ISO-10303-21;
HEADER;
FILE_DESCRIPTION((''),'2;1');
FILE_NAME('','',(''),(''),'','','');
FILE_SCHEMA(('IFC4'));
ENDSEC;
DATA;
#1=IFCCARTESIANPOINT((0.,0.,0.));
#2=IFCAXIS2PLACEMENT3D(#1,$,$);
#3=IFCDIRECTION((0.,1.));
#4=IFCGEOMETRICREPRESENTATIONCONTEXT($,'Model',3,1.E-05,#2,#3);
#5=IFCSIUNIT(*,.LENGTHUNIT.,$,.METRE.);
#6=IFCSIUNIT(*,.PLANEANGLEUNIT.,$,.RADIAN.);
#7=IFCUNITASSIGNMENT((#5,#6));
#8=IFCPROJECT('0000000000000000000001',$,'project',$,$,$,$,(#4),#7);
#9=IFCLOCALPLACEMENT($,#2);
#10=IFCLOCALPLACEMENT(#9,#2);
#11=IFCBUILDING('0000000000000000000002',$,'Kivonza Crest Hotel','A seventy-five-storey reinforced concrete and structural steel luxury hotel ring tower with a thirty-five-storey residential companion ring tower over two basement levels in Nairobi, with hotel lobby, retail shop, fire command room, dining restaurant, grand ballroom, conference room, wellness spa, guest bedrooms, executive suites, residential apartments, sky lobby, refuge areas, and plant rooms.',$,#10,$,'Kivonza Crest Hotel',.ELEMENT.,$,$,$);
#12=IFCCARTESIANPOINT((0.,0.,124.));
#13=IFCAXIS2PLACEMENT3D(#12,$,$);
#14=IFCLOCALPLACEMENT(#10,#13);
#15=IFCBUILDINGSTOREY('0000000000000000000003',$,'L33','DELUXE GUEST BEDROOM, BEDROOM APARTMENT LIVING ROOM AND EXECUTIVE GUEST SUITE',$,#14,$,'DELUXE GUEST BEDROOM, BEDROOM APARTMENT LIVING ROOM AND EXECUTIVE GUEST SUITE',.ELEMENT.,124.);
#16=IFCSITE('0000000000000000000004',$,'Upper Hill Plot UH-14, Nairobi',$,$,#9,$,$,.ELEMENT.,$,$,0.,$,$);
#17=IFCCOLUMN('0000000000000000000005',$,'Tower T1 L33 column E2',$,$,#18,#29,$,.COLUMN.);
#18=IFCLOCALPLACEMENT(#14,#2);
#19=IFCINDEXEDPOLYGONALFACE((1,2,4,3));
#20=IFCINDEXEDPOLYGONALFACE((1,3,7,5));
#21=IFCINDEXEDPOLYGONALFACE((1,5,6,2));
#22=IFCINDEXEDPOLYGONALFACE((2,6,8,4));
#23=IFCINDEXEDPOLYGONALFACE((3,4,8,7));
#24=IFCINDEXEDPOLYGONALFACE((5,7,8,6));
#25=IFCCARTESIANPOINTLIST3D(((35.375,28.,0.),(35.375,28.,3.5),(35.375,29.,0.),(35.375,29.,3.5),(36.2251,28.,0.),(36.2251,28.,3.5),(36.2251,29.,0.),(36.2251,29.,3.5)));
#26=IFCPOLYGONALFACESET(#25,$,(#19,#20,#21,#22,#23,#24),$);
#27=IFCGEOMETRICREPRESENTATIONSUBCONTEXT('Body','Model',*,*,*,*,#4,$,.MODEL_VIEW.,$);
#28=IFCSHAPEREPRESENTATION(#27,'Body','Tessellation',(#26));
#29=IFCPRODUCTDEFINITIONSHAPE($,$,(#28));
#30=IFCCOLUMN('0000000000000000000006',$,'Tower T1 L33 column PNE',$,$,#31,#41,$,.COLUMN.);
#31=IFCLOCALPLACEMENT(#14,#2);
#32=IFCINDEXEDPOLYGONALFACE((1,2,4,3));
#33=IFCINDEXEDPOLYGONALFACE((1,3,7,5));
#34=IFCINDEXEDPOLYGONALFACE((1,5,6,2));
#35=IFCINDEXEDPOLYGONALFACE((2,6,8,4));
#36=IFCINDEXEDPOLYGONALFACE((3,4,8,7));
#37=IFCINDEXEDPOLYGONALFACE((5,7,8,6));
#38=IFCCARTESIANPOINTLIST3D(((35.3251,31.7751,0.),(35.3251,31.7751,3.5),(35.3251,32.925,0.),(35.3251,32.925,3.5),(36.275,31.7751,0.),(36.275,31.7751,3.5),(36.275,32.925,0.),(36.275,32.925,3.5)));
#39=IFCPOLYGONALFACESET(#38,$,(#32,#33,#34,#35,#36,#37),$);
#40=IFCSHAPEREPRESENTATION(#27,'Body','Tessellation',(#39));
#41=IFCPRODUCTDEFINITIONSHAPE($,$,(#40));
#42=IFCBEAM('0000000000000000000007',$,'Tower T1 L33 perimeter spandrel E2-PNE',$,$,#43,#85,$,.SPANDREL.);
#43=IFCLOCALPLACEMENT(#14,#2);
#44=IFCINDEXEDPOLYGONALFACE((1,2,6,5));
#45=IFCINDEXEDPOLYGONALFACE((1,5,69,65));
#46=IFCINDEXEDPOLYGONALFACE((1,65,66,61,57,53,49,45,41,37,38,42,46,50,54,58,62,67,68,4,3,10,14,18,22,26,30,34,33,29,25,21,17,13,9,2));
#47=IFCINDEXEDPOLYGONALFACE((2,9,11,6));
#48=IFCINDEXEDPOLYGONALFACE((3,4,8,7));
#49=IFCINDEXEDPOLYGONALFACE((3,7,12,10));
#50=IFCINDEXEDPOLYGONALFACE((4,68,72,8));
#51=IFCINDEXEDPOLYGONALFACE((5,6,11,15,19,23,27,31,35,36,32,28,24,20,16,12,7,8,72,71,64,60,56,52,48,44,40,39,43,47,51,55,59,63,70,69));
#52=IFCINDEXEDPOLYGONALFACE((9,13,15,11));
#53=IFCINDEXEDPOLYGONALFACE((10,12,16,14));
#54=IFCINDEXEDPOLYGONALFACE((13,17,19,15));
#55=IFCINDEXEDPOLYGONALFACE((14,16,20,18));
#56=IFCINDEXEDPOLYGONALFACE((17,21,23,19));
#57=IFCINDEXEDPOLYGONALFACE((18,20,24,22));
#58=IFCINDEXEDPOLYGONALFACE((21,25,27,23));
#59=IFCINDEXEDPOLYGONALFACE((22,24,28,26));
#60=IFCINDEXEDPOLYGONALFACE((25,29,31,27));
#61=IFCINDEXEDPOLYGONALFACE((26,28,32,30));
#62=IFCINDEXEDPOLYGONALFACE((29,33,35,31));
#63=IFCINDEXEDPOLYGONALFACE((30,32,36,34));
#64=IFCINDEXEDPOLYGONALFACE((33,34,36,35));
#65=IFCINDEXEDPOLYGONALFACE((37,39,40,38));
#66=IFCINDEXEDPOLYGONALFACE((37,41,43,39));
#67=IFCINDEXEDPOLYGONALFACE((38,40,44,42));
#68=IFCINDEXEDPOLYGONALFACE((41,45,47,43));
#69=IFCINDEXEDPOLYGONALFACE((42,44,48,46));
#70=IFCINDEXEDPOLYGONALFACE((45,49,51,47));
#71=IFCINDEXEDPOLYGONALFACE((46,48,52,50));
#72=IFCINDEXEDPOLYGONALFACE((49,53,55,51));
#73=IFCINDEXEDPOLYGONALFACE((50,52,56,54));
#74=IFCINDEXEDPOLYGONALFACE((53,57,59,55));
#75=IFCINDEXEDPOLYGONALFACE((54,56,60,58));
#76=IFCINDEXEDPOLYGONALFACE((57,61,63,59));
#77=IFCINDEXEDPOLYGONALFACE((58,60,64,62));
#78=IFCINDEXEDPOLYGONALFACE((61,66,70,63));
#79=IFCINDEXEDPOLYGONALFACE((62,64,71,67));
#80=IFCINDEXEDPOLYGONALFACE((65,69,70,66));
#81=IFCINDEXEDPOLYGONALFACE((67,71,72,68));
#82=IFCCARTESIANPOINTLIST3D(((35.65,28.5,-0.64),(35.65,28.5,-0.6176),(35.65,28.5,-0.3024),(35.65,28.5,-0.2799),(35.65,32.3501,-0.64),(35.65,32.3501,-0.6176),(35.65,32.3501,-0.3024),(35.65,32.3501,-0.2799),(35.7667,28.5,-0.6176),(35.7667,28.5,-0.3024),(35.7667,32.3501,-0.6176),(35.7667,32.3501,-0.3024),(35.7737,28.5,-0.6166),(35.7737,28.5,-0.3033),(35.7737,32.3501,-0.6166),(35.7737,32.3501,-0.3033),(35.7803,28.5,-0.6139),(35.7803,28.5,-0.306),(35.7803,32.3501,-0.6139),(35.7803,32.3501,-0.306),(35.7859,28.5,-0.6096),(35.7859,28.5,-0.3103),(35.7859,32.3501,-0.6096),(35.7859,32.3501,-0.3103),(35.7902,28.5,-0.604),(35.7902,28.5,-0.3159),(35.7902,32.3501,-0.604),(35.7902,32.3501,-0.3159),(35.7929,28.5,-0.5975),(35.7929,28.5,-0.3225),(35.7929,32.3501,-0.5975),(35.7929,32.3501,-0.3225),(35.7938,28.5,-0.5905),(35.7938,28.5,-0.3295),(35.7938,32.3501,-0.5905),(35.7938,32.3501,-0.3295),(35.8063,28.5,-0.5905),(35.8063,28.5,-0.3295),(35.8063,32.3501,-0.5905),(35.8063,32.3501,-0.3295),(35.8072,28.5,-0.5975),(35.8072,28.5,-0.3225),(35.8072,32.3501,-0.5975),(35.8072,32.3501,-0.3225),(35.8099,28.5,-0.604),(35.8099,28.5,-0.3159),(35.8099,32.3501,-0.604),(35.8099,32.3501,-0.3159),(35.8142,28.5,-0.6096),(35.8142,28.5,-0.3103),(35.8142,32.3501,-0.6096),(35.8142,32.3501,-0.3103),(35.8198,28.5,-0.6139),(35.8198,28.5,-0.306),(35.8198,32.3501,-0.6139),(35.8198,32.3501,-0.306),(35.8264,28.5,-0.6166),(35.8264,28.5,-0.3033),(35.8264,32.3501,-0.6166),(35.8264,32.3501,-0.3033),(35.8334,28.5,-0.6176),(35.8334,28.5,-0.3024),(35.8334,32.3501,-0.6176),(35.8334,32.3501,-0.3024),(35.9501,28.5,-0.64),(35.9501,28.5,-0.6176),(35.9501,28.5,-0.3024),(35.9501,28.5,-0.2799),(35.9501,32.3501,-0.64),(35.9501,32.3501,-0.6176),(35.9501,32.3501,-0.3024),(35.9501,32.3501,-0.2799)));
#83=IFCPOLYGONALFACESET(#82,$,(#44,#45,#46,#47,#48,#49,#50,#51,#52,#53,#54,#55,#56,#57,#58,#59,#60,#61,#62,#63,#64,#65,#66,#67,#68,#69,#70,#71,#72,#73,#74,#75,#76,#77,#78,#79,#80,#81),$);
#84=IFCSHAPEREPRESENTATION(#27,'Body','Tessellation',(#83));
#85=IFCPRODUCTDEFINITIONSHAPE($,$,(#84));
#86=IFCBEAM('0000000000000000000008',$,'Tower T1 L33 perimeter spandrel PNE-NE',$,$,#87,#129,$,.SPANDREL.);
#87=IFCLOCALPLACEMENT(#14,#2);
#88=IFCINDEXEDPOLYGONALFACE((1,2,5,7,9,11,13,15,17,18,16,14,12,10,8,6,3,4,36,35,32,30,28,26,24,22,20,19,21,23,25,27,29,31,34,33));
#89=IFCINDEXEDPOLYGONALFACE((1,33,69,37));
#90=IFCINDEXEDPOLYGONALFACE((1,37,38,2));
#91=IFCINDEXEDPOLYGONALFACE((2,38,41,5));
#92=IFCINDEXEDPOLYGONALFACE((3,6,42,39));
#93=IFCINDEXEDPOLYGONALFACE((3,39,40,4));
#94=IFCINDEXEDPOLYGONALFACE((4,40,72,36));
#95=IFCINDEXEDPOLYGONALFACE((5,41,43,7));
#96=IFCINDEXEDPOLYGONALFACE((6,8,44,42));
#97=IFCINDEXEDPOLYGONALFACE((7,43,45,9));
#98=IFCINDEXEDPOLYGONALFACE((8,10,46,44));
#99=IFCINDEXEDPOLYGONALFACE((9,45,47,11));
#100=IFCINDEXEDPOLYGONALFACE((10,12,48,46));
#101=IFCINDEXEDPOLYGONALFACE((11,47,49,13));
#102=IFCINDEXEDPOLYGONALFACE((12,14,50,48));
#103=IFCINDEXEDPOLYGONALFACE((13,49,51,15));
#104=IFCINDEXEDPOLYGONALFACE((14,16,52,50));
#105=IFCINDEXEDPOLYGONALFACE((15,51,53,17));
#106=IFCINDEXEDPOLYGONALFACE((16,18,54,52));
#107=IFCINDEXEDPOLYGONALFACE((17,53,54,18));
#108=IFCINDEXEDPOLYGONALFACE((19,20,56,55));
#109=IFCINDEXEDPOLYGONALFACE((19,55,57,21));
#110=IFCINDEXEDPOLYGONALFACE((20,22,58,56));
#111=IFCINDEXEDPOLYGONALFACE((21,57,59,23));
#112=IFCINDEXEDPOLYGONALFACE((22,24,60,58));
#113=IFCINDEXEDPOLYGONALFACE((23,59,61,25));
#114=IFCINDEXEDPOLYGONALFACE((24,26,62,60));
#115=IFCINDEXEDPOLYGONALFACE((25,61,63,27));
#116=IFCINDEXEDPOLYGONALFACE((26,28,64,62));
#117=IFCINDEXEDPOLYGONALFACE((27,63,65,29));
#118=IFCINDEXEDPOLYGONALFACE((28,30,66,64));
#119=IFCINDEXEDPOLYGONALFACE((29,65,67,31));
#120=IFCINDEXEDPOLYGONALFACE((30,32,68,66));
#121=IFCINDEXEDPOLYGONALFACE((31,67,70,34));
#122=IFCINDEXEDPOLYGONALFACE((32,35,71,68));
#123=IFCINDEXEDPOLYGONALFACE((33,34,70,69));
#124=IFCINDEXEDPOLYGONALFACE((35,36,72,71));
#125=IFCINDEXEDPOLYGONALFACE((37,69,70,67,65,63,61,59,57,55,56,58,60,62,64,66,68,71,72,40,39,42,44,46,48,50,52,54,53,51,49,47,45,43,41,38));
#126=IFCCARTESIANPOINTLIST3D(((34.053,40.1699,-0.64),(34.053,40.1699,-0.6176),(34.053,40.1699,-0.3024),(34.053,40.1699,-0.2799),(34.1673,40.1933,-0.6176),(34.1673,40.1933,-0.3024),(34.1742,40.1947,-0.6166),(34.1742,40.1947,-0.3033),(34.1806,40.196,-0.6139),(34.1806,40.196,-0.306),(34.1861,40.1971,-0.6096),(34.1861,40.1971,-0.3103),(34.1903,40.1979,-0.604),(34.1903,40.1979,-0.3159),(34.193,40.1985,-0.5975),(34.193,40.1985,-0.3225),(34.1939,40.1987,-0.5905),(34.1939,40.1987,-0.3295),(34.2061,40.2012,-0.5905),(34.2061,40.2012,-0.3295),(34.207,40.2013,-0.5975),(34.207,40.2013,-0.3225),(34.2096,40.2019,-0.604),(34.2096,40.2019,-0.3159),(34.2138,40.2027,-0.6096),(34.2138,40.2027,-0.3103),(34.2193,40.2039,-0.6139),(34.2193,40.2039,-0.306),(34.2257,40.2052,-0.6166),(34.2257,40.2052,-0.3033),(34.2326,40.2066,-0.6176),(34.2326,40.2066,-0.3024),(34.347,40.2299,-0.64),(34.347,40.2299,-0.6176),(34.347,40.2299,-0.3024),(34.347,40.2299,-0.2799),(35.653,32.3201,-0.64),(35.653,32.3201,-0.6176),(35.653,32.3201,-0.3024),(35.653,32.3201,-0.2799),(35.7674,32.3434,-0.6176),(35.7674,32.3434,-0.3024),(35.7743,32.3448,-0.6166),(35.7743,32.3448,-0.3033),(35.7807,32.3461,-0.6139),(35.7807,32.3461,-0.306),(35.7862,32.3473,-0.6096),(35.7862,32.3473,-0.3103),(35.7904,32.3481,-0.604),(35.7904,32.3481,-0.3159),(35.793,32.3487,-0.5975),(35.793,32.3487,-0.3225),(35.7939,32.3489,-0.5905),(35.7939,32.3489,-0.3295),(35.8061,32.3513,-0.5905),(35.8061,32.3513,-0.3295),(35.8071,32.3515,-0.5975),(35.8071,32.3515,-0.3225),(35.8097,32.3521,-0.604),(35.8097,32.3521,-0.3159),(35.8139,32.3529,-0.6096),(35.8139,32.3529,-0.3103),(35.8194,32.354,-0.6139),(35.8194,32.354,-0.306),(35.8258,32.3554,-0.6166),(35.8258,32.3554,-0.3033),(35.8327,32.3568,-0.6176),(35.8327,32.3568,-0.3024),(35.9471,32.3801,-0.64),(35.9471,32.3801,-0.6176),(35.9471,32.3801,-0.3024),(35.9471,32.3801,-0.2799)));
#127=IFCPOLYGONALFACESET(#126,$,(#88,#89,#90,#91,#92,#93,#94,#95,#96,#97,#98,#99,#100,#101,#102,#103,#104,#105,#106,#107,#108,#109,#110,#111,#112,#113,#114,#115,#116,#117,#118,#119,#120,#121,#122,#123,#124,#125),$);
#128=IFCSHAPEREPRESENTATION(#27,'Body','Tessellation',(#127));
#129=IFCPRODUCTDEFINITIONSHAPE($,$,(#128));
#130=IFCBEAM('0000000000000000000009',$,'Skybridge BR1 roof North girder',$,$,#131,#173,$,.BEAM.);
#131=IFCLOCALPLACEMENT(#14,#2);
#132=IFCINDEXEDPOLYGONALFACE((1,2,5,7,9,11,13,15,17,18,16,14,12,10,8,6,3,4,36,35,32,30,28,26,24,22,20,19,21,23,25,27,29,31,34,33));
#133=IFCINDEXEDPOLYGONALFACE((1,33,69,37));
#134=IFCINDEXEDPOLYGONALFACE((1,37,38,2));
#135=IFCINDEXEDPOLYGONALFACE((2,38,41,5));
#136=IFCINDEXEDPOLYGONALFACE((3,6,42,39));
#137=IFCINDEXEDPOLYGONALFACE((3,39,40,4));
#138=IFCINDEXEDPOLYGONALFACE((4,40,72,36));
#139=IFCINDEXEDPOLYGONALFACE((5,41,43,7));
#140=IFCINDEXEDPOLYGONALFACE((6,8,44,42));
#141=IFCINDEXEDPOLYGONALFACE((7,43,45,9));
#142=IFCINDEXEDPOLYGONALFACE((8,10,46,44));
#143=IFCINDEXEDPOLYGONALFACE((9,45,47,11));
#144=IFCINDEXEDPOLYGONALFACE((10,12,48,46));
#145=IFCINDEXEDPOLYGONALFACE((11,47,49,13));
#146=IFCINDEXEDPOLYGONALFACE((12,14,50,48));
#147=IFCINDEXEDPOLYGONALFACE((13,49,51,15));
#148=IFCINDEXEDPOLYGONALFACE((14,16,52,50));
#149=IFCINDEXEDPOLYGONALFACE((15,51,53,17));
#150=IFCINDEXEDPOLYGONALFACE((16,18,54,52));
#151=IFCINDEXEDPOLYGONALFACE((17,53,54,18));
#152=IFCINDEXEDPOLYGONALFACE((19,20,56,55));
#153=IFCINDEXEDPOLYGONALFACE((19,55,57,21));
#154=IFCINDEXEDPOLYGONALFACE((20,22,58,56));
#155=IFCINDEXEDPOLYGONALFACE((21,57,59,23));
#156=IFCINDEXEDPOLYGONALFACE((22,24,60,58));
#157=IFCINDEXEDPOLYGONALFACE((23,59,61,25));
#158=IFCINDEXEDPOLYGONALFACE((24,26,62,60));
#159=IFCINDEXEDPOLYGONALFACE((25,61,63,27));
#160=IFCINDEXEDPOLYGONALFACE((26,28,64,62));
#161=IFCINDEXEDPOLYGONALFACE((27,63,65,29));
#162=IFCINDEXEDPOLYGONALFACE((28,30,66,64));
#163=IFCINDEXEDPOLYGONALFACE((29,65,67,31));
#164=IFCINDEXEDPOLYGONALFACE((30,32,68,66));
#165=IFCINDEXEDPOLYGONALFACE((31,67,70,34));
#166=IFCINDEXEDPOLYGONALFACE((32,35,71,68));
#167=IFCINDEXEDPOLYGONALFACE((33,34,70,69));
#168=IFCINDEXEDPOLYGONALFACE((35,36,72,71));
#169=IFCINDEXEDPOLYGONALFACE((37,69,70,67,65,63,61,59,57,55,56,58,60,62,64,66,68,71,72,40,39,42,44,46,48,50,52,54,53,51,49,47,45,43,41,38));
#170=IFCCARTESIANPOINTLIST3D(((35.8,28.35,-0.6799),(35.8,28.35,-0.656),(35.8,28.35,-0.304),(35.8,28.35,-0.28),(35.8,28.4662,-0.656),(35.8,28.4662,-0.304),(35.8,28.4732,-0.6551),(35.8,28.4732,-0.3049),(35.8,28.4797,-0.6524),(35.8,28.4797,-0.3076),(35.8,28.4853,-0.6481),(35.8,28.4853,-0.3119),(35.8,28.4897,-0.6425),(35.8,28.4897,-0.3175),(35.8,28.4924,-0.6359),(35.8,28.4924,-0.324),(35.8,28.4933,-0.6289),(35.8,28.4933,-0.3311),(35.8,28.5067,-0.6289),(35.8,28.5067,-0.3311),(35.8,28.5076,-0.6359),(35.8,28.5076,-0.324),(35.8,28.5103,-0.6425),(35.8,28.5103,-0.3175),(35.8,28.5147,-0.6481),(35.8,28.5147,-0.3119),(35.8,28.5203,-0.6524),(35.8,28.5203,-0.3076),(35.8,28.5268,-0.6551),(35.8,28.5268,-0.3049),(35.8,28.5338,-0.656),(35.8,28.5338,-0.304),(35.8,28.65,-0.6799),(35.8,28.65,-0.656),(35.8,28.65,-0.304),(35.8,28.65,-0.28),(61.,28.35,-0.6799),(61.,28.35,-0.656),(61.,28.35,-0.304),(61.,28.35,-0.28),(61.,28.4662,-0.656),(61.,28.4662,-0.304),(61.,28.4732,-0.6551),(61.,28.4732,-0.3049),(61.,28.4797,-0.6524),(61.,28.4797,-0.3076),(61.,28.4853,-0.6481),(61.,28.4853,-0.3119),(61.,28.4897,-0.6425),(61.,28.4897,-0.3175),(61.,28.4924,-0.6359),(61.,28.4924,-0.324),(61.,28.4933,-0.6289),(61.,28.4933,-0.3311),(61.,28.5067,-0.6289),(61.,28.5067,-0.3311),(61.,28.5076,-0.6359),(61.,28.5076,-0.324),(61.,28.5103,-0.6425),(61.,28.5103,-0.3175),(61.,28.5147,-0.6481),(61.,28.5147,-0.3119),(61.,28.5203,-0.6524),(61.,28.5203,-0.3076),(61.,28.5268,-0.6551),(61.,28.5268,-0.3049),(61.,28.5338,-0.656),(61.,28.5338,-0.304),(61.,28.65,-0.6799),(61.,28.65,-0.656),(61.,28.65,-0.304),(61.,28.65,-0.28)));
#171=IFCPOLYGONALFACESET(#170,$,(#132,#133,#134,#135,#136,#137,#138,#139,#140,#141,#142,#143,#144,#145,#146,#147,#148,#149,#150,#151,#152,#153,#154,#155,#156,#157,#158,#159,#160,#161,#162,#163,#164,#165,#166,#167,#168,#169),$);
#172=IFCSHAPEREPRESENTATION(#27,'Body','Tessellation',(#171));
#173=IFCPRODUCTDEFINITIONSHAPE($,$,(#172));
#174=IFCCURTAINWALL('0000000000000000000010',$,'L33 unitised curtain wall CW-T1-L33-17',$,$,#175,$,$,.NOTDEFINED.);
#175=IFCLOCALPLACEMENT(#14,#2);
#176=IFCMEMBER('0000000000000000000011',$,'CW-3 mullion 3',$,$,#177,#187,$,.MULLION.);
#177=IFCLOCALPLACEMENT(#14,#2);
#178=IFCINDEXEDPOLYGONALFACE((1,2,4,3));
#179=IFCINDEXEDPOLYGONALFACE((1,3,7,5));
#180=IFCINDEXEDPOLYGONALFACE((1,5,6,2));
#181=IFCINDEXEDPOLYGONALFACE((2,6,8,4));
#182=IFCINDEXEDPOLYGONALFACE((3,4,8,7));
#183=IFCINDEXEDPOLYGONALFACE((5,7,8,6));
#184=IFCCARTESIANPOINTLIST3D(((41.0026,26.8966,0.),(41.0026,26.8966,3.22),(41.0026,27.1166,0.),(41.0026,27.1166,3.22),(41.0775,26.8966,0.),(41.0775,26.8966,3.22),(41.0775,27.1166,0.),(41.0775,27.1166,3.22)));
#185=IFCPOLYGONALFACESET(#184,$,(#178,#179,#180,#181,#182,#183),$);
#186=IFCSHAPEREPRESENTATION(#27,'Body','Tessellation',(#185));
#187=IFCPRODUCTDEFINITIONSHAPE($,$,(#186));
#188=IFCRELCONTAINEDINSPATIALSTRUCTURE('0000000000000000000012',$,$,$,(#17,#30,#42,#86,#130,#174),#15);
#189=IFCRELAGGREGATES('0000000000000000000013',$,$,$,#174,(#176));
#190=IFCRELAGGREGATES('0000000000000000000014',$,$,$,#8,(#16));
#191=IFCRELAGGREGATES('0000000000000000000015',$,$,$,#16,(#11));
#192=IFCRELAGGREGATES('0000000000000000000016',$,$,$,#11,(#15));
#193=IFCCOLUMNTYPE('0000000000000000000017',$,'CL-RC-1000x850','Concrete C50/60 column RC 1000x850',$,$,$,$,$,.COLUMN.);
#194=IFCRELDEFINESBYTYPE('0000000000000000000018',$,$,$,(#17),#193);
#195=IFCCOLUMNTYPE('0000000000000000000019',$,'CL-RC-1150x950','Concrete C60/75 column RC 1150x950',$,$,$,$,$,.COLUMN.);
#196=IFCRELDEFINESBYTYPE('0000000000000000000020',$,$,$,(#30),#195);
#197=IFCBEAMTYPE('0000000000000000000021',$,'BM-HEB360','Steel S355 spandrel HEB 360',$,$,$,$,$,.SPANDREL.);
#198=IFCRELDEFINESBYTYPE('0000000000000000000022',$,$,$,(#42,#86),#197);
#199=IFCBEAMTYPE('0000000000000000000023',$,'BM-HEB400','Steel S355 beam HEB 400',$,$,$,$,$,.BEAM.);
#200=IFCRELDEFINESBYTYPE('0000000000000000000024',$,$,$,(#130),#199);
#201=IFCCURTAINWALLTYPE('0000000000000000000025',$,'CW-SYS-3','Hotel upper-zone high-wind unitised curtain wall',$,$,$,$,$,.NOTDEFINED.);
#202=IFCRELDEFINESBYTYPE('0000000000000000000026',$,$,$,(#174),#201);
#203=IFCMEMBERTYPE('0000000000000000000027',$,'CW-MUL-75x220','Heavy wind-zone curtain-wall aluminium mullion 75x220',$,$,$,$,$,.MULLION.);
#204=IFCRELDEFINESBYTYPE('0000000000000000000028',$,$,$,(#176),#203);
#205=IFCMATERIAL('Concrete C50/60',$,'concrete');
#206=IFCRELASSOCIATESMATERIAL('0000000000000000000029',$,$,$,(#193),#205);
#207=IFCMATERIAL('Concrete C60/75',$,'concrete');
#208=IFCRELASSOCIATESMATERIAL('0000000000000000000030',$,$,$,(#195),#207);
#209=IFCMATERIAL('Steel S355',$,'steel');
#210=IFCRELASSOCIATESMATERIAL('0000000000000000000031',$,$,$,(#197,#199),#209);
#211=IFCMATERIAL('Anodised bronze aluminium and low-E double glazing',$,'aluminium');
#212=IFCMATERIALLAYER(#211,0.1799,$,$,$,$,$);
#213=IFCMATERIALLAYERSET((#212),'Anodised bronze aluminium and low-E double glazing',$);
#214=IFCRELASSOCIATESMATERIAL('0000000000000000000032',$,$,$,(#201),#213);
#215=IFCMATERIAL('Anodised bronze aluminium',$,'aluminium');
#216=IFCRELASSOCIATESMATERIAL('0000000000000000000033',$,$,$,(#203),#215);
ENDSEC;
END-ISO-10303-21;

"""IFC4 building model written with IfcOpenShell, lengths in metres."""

from ifc_helpers import new_model, si_unit, direction, frame, origin, origin_2d, place, context, subcontext, project, spatial, rectangle, i_section, extrude, material, layer, layer_set, material_profile, profile_set, type_object, element, aggregate, save


model = new_model("IFC4")

# Units and contexts
model_context = context("Model", 3, precision=1e-05, world=origin(), true_north=direction((0.0, 1.0)))
body_context = subcontext(model_context, "Body", "Model", "MODEL_VIEW")
ifc_project = project(units=[si_unit("LENGTHUNIT", "METRE"), si_unit("PLANEANGLEUNIT", "RADIAN")], contexts=[model_context])

# Site, building, storey
site_placement = place(None, origin())
site = spatial("IfcSite", under=ifc_project, at=site_placement, Name="Upper Hill Plot UH-14, Nairobi", CompositionType="ELEMENT", RefElevation=0.0)
building_placement = place(site_placement, origin())
building = spatial("IfcBuilding", under=site, at=building_placement, Name="Kivonza Crest Hotel", Description="A seventy-five-storey reinforced concrete and structural steel luxury hotel ring tower with a thirty-five-storey residential companion ring tower over two basement levels in Nairobi, with hotel lobby, retail shop, fire command room, dining restaurant, grand ballroom, conference room, wellness spa, guest bedrooms, executive suites, residential apartments, sky lobby, refuge areas, and plant rooms.", LongName="Kivonza Crest Hotel", CompositionType="ELEMENT")
storey_placement = place(building_placement, frame((0.0, 0.0, 124.0)))
storey = spatial("IfcBuildingStorey", under=building, at=storey_placement, Name="L33", Description="DELUXE GUEST BEDROOM, BEDROOM APARTMENT LIVING ROOM AND EXECUTIVE GUEST SUITE", LongName="DELUXE GUEST BEDROOM, BEDROOM APARTMENT LIVING ROOM AND EXECUTIVE GUEST SUITE", CompositionType="ELEMENT", Elevation=124.0)

# Columns
ifc_material_1 = material(Name="Concrete C50/60", Category="concrete")
ifc_material_profile_1 = material_profile(ifc_material_1, rectangle(XDim=0.8501, YDim=1.0, at=origin_2d()), Name="RC 1000x850")
ifc_profile_set_1 = profile_set([ifc_material_profile_1], Name="Concrete C50/60")
column_type_1 = type_object("IfcColumnType", Name="CL-RC-1000x850", Description="Concrete C50/60 column RC 1000x850", PredefinedType="COLUMN", material=ifc_profile_set_1)
column_1_placement = place(storey_placement, frame((35.8, 28.5, 0.0), z_axis=(0.0, 0.0, 1.0), x_axis=(1.0, 0.0, 0.0)))
element("IfcColumn", 1, at=column_1_placement, inside=storey, type_object=column_type_1, Name="Tower T1 L33 column E2", PredefinedType="COLUMN", context=body_context, shape_type="SweptSolid", body=[
    extrude(rectangle(XDim=0.8501, YDim=1.0, at=origin_2d()), origin(), (0.0, 0.0, 1.0), 3.5),
])
ifc_material_2 = material(Name="Concrete C60/75", Category="concrete")
ifc_material_profile_2 = material_profile(ifc_material_2, rectangle(XDim=0.95, YDim=1.1499, at=origin_2d()), Name="RC 1150x950")
ifc_profile_set_2 = profile_set([ifc_material_profile_2], Name="Concrete C60/75")
column_type_2 = type_object("IfcColumnType", Name="CL-RC-1150x950", Description="Concrete C60/75 column RC 1150x950", PredefinedType="COLUMN", material=ifc_profile_set_2)
column_2_placement = place(storey_placement, frame((35.8, 32.3501, 0.0), z_axis=(0.0, 0.0, 1.0), x_axis=(1.0, 0.0, 0.0)))
element("IfcColumn", 2, at=column_2_placement, inside=storey, type_object=column_type_2, Name="Tower T1 L33 column PNE", PredefinedType="COLUMN", context=body_context, shape_type="SweptSolid", body=[
    extrude(rectangle(XDim=0.95, YDim=1.1499, at=origin_2d()), origin(), (0.0, 0.0, 1.0), 3.5),
])

# Beams
ifc_material_3 = material(Name="Steel S355", Category="steel")
ifc_material_profile_3 = material_profile(ifc_material_3, i_section(OverallWidth=0.3, OverallDepth=0.3601, WebThickness=0.0125, FlangeThickness=0.0225, FilletRadius=0.0271, at=origin_2d()), Name="HEB 360")
ifc_profile_set_3 = profile_set([ifc_material_profile_3], Name="Steel S355")
beam_type_1 = type_object("IfcBeamType", Name="BM-HEB360", Description="Steel S355 spandrel HEB 360", PredefinedType="SPANDREL", material=ifc_profile_set_3)
beam_1_placement = place(storey_placement, frame((35.8, 28.5, -0.46), z_axis=(0.0, 1.0, 0.0), x_axis=(-1.0, 0.0, 0.0)))
element("IfcBeam", 3, at=beam_1_placement, inside=storey, type_object=beam_type_1, Name="Tower T1 L33 perimeter spandrel E2-PNE", PredefinedType="SPANDREL", context=body_context, shape_type="SweptSolid", body=[
    extrude(i_section(OverallWidth=0.3, OverallDepth=0.3601, WebThickness=0.0125, FlangeThickness=0.0225, FilletRadius=0.0271, at=origin_2d()), origin(), (0.0, 0.0, 1.0), 3.8501),
])
beam_2_placement = place(storey_placement, frame((35.8, 32.3501, -0.46), z_axis=(-0.199731, 0.979851, 0.0), x_axis=(-0.979851, -0.199731, 0.0)))
element("IfcBeam", 4, at=beam_2_placement, inside=storey, type_object=beam_type_1, Name="Tower T1 L33 perimeter spandrel PNE-NE", PredefinedType="SPANDREL", context=body_context, shape_type="SweptSolid", body=[
    extrude(i_section(OverallWidth=0.3, OverallDepth=0.3601, WebThickness=0.0125, FlangeThickness=0.0225, FilletRadius=0.0271, at=origin_2d()), origin(), (0.0, 0.0, 1.0), 8.0112),
])
ifc_material_profile_4 = material_profile(ifc_material_3, i_section(OverallWidth=0.3, OverallDepth=0.3999, WebThickness=0.0134, FlangeThickness=0.0239, FilletRadius=0.0271, at=origin_2d()), Name="HEB 400")
ifc_profile_set_4 = profile_set([ifc_material_profile_4], Name="Steel S355")
beam_type_2 = type_object("IfcBeamType", Name="BM-HEB400", Description="Steel S355 beam HEB 400", PredefinedType="BEAM", material=ifc_profile_set_4)
beam_3_placement = place(storey_placement, frame((35.8, 28.5, -0.48), z_axis=(1.0, 0.0, 0.0), x_axis=(0.0, 1.0, 0.0)))
element("IfcBeam", 5, at=beam_3_placement, inside=storey, type_object=beam_type_2, Name="Skybridge BR1 roof North girder", PredefinedType="BEAM", context=body_context, shape_type="SweptSolid", body=[
    extrude(i_section(OverallWidth=0.3, OverallDepth=0.3999, WebThickness=0.0134, FlangeThickness=0.0239, FilletRadius=0.0271, at=origin_2d()), origin(), (0.0, 0.0, 1.0), 25.2),
])

# Curtain wall, member
ifc_material_4 = material(Name="Anodised bronze aluminium and low-E double glazing", Category="aluminium")
ifc_layer_1 = layer(ifc_material_4, 0.1799)
ifc_layer_set_1 = layer_set([ifc_layer_1], Name="Anodised bronze aluminium and low-E double glazing")
curtain_wall_type = type_object("IfcCurtainWallType", Name="CW-SYS-3", Description="Hotel upper-zone high-wind unitised curtain wall", PredefinedType="NOTDEFINED", material=ifc_layer_set_1)
curtain_wall_placement = place(storey_placement, origin())
curtain_wall = element("IfcCurtainWall", 6, at=curtain_wall_placement, inside=storey, type_object=curtain_wall_type, Name="L33 unitised curtain wall CW-T1-L33-17", PredefinedType="NOTDEFINED")
ifc_material_5 = material(Name="Anodised bronze aluminium", Category="aluminium")
ifc_material_profile_5 = material_profile(ifc_material_5, rectangle(XDim=0.075, YDim=0.22, at=origin_2d()), Name="CW-M 75x220")
ifc_profile_set_5 = profile_set([ifc_material_profile_5], Name="Anodised bronze aluminium")
member_type = type_object("IfcMemberType", Name="CW-MUL-75x220", Description="Heavy wind-zone curtain-wall aluminium mullion 75x220", PredefinedType="MULLION", material=ifc_profile_set_5)
member_1_placement = place(storey_placement, frame((41.04, 27.0066, 0.0), z_axis=(0.0, 0.0, 1.0), x_axis=(-1.0, 0.0, 0.0)))
member_1 = element("IfcMember", 7, at=member_1_placement, type_object=member_type, Name="CW-3 mullion 3", PredefinedType="MULLION", context=body_context, shape_type="SweptSolid", body=[
    extrude(rectangle(XDim=0.075, YDim=0.22, at=origin_2d()), origin(), (0.0, 0.0, 1.0), 3.22),
])
aggregate(curtain_wall, [member_1])

save(model, "model.ifc")
